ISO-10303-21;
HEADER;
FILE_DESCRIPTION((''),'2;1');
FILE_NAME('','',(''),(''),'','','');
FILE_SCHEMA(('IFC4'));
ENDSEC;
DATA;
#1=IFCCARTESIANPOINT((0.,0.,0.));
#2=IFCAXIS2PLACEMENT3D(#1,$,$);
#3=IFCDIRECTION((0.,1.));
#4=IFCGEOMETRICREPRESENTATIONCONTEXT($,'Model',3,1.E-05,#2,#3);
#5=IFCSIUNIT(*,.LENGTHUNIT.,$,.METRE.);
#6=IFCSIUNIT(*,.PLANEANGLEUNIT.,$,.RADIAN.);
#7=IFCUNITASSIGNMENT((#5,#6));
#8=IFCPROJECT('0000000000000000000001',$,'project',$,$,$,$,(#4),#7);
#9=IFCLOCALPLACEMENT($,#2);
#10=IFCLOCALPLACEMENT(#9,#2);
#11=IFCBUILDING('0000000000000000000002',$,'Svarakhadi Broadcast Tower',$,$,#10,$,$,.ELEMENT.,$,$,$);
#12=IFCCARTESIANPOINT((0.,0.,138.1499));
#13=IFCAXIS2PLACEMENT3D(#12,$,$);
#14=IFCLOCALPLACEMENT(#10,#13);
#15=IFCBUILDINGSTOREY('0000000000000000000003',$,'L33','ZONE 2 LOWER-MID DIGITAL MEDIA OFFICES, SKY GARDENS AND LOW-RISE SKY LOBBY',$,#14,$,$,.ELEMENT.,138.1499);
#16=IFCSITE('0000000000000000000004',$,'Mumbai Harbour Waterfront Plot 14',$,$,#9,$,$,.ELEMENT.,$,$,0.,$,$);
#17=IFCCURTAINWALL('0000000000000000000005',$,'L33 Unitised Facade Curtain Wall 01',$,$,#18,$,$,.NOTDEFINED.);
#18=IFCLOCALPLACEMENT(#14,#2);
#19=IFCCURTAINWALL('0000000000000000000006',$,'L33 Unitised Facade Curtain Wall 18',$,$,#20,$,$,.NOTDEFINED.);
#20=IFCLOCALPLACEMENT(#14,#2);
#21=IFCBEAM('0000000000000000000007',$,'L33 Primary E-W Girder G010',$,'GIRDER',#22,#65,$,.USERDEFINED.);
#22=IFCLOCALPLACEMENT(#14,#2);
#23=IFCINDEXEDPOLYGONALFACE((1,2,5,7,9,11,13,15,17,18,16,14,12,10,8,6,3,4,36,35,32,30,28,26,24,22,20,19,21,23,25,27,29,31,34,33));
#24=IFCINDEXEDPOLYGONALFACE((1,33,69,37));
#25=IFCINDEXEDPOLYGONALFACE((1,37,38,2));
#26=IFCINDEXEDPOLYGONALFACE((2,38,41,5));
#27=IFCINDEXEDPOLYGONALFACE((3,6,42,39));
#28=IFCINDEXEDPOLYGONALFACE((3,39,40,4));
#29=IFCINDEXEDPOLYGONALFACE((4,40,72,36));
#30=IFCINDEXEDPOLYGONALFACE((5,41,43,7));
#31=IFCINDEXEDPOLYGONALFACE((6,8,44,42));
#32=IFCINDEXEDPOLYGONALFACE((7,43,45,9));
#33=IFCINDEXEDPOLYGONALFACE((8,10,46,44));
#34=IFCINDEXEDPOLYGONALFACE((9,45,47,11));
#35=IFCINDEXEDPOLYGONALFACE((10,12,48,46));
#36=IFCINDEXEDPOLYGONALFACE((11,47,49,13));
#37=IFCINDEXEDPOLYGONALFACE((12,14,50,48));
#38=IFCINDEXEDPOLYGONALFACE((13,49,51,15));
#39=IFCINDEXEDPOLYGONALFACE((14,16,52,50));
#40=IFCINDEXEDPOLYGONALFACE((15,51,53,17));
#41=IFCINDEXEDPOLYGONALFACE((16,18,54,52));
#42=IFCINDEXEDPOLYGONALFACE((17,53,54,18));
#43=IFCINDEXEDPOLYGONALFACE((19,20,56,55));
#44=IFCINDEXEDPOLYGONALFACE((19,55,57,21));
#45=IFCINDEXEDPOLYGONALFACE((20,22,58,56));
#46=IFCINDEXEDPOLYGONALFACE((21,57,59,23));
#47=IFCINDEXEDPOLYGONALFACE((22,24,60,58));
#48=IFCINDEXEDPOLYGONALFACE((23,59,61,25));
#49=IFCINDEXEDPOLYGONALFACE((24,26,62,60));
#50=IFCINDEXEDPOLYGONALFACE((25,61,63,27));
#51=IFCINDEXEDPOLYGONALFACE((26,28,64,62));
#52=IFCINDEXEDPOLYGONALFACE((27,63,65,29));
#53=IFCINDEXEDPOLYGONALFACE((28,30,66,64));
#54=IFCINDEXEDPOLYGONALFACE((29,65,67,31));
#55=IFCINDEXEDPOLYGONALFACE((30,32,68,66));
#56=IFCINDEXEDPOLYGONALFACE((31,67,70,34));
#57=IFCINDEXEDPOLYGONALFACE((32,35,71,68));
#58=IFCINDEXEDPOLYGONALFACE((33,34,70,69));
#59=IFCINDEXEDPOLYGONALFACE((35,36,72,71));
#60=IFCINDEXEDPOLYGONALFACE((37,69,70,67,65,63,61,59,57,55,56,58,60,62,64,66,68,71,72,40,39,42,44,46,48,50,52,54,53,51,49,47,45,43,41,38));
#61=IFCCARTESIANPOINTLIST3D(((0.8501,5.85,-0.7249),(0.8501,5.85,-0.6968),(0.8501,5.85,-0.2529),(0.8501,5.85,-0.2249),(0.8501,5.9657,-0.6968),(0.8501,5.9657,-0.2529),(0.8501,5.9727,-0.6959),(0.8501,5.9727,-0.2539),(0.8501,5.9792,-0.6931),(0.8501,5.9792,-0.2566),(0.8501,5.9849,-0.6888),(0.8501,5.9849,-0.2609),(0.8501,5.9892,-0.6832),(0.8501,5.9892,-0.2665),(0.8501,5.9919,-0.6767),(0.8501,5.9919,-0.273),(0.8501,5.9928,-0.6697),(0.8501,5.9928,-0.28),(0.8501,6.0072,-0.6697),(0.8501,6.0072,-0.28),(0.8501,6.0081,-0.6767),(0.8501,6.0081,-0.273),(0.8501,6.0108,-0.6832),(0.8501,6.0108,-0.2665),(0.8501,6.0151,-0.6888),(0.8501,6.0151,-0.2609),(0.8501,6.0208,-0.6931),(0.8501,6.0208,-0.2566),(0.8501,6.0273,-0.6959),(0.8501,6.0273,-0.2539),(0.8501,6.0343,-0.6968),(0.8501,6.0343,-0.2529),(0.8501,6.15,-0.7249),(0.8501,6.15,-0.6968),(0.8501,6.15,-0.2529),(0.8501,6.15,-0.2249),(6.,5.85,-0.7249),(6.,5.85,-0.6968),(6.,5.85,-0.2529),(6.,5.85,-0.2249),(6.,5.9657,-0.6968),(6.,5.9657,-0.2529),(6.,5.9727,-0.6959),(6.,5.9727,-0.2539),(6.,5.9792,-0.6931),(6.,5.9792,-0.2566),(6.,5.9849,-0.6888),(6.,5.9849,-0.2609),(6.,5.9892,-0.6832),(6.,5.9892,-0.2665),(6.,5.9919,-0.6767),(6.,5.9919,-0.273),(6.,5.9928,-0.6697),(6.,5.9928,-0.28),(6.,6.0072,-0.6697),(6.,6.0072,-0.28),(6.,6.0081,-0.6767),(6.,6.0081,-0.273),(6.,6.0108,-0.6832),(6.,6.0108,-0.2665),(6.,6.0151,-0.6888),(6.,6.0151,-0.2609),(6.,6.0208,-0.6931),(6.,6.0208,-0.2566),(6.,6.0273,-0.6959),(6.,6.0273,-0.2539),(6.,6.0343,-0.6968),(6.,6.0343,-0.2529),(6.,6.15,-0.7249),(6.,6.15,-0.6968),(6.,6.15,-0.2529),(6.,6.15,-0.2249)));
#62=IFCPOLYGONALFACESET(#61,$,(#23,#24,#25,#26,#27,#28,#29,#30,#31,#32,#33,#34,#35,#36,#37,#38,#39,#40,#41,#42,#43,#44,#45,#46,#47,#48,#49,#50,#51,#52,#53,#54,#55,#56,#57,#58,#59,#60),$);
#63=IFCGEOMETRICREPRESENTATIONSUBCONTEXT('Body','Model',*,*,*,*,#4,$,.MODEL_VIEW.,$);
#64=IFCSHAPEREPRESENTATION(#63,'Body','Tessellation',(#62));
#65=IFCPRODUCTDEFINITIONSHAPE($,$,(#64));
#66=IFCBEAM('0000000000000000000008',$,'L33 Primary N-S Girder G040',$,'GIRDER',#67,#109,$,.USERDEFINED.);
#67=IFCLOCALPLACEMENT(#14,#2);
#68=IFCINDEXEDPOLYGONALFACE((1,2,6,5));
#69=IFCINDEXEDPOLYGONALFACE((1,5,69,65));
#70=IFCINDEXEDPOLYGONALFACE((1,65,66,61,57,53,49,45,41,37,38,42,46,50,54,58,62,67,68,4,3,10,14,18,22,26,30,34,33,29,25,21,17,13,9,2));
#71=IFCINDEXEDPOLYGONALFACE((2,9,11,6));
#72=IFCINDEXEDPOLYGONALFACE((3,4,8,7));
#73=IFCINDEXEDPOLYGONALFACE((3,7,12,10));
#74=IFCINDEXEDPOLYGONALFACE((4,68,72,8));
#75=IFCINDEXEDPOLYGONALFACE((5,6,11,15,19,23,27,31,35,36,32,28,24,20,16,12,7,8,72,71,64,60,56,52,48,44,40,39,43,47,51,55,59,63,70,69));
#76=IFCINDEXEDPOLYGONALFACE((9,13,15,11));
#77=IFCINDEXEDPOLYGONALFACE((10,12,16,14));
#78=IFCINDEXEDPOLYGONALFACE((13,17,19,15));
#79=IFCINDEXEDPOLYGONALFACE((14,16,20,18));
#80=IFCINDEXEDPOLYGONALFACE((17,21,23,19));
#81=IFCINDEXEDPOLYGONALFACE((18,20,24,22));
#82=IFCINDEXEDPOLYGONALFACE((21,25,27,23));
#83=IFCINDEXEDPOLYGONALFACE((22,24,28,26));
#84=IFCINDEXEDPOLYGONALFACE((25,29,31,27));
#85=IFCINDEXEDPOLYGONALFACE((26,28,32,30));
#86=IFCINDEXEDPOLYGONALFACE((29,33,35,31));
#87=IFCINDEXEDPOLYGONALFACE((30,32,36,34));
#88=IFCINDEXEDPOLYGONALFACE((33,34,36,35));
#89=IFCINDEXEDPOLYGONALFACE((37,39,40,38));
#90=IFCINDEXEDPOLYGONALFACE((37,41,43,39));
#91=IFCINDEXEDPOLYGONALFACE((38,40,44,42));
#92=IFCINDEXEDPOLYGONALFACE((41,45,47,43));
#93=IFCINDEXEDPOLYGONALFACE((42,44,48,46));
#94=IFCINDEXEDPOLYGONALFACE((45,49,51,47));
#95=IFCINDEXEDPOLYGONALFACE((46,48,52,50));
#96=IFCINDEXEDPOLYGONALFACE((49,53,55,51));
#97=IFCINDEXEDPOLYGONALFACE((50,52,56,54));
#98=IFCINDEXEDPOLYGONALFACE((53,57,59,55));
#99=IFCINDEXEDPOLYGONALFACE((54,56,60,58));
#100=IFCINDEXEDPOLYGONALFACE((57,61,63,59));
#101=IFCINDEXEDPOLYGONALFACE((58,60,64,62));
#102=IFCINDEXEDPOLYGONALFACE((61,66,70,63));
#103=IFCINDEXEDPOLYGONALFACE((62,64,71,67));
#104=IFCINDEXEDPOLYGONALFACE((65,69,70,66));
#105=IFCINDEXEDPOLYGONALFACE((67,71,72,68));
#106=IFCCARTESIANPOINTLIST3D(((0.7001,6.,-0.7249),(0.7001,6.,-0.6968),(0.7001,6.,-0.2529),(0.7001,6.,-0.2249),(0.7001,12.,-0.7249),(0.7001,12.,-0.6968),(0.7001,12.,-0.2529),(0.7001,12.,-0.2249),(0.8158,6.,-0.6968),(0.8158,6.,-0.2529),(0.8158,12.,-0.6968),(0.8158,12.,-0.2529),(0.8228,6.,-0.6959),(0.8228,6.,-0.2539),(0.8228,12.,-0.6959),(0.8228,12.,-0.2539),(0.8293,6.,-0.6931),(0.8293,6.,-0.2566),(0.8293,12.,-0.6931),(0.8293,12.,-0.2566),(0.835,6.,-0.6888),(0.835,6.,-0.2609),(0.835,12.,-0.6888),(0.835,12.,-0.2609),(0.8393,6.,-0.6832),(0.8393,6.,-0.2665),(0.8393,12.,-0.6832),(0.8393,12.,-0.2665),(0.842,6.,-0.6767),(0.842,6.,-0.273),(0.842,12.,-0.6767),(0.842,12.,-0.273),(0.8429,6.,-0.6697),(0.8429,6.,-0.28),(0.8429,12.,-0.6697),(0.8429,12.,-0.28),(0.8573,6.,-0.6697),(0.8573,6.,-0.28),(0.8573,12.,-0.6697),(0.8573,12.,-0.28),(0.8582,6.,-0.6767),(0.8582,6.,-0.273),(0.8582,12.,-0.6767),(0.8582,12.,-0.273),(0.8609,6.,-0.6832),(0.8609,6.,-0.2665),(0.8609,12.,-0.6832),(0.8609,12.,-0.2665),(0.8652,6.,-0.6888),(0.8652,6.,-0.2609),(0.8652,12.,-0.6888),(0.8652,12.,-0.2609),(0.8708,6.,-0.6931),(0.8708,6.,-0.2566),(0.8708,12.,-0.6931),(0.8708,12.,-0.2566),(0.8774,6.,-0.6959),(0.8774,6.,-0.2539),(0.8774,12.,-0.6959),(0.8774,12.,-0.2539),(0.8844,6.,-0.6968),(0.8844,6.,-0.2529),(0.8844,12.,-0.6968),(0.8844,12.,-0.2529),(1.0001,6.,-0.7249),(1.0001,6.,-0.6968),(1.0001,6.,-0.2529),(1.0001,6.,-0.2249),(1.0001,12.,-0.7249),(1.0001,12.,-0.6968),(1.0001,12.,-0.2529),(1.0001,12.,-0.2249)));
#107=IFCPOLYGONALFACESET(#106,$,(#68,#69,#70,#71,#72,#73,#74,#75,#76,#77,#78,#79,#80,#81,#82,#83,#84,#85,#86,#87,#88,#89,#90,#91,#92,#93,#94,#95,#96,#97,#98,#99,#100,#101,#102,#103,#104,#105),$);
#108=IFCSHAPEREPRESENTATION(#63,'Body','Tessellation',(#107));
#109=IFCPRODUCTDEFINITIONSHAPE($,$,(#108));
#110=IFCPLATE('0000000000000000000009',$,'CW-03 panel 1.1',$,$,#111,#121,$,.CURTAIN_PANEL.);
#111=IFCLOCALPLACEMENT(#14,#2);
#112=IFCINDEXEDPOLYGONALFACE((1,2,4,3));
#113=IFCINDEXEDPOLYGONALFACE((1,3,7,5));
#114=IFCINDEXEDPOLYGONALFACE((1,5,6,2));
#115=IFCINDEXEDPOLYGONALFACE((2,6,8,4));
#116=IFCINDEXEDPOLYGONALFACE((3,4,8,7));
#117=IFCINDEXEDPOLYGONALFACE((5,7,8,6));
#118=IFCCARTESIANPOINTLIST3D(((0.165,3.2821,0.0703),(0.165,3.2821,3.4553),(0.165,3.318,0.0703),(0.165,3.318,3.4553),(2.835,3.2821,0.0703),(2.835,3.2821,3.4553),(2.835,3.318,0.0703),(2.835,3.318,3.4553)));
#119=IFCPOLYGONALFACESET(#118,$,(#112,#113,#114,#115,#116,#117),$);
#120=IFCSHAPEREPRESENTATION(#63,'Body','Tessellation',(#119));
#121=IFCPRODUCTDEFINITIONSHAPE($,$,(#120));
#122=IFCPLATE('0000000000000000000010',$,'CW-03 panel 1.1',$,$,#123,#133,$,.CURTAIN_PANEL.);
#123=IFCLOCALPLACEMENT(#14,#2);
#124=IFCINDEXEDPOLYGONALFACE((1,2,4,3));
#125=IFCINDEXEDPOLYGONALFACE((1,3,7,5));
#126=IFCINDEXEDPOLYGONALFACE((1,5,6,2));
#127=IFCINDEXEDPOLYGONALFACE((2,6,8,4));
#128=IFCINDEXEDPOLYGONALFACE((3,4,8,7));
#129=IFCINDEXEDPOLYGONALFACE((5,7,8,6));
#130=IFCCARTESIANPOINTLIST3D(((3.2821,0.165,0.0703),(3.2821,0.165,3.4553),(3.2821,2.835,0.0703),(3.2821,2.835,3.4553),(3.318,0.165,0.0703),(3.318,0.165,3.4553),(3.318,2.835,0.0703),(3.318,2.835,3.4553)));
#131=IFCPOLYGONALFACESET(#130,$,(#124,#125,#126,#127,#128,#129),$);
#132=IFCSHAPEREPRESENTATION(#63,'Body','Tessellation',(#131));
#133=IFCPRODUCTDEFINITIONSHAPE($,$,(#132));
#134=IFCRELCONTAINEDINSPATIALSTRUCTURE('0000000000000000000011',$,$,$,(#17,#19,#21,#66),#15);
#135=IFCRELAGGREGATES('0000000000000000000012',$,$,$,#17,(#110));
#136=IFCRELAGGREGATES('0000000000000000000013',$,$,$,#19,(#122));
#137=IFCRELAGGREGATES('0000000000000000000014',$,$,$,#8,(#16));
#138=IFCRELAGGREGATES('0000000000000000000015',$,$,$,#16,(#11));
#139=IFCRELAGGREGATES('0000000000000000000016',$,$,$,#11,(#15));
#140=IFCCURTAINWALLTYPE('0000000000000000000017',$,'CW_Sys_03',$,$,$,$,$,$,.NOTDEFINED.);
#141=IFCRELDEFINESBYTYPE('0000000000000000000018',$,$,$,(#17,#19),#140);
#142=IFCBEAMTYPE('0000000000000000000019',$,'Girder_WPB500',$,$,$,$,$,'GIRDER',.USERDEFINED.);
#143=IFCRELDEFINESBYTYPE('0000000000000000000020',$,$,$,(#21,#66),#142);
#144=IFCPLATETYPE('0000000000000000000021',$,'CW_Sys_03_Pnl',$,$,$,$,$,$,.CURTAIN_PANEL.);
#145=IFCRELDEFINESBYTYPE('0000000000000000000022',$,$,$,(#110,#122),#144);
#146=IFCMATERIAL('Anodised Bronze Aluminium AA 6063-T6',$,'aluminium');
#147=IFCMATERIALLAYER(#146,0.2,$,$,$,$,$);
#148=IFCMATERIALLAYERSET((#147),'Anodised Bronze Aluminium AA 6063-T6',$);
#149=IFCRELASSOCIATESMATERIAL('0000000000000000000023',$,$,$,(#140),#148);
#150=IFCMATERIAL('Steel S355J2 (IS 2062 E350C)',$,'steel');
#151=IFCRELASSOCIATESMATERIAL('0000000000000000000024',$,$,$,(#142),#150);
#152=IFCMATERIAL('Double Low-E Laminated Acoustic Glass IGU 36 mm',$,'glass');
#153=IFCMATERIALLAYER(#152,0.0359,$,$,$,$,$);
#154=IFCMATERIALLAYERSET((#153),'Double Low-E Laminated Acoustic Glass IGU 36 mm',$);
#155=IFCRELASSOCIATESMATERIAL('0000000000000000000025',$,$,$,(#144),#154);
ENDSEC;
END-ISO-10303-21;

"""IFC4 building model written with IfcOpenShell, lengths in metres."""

from ifc_helpers import new_model, si_unit, direction, frame, origin, origin_2d, place, context, subcontext, project, spatial, rectangle, i_section, extrude, material, layer, layer_set, material_profile, profile_set, type_object, element, aggregate, save


model = new_model("IFC4")

# Units and contexts
model_context = context("Model", 3, precision=1e-05, world=origin(), true_north=direction((0.0, 1.0)))
body_context = subcontext(model_context, "Body", "Model", "MODEL_VIEW")
ifc_project = project(units=[si_unit("LENGTHUNIT", "METRE"), si_unit("PLANEANGLEUNIT", "RADIAN")], contexts=[model_context])

# Site, building, storey
site_placement = place(None, origin())
site = spatial("IfcSite", under=ifc_project, at=site_placement, Name="Mumbai Harbour Waterfront Plot 14", CompositionType="ELEMENT", RefElevation=0.0)
building_placement = place(site_placement, origin())
building = spatial("IfcBuilding", under=site, at=building_placement, Name="Svarakhadi Broadcast Tower", CompositionType="ELEMENT")
storey_placement = place(building_placement, frame((0.0, 0.0, 138.1499)))
storey = spatial("IfcBuildingStorey", under=building, at=storey_placement, Name="L33", Description="ZONE 2 LOWER-MID DIGITAL MEDIA OFFICES, SKY GARDENS AND LOW-RISE SKY LOBBY", CompositionType="ELEMENT", Elevation=138.1499)

# Curtain wall
ifc_material_1 = material(Name="Anodised Bronze Aluminium AA 6063-T6", Category="aluminium")
ifc_layer_1 = layer(ifc_material_1, 0.2)
ifc_layer_set_1 = layer_set([ifc_layer_1], Name="Anodised Bronze Aluminium AA 6063-T6")
curtain_wall_type = type_object("IfcCurtainWallType", Name="CW_Sys_03", PredefinedType="NOTDEFINED", material=ifc_layer_set_1)
curtain_wall_1_placement = place(storey_placement, origin())
curtain_wall_1 = element("IfcCurtainWall", 1, at=curtain_wall_1_placement, inside=storey, type_object=curtain_wall_type, Name="L33 Unitised Facade Curtain Wall 01", PredefinedType="NOTDEFINED")

# Curtain wall
curtain_wall_2_placement = place(storey_placement, origin())
curtain_wall_2 = element("IfcCurtainWall", 2, at=curtain_wall_2_placement, inside=storey, type_object=curtain_wall_type, Name="L33 Unitised Facade Curtain Wall 18", PredefinedType="NOTDEFINED")

# Beams
ifc_material_2 = material(Name="Steel S355J2 (IS 2062 E350C)", Category="steel")
ifc_material_profile_1 = material_profile(ifc_material_2, i_section(OverallWidth=0.3, OverallDepth=0.5, WebThickness=0.0144, FlangeThickness=0.0281, FilletRadius=0.0271, at=origin_2d()), Name="WPB 500x300x187")
ifc_profile_set_1 = profile_set([ifc_material_profile_1], Name="Steel S355J2 (IS 2062 E350C)")
beam_type = type_object("IfcBeamType", Name="Girder_WPB500", ElementType="GIRDER", PredefinedType="USERDEFINED", material=ifc_profile_set_1)
beam_1_placement = place(storey_placement, frame((0.8501, 6.0, -0.4749), z_axis=(1.0, 0.0, 0.0), x_axis=(0.0, 1.0, 0.0)))
element("IfcBeam", 3, at=beam_1_placement, inside=storey, type_object=beam_type, Name="L33 Primary E-W Girder G010", ObjectType="GIRDER", PredefinedType="USERDEFINED", context=body_context, shape_type="SweptSolid", body=[
    extrude(i_section(OverallWidth=0.3, OverallDepth=0.5, WebThickness=0.0144, FlangeThickness=0.0281, FilletRadius=0.0271, at=origin_2d()), origin(), (0.0, 0.0, 1.0), 5.1499),
])
beam_2_placement = place(storey_placement, frame((0.8501, 6.0, -0.4749), z_axis=(0.0, 1.0, 0.0), x_axis=(-1.0, 0.0, 0.0)))
element("IfcBeam", 4, at=beam_2_placement, inside=storey, type_object=beam_type, Name="L33 Primary N-S Girder G040", ObjectType="GIRDER", PredefinedType="USERDEFINED", context=body_context, shape_type="SweptSolid", body=[
    extrude(i_section(OverallWidth=0.3, OverallDepth=0.5, WebThickness=0.0144, FlangeThickness=0.0281, FilletRadius=0.0271, at=origin_2d()), origin(), (0.0, 0.0, 1.0), 6.0),
])

# Plates
ifc_material_3 = material(Name="Double Low-E Laminated Acoustic Glass IGU 36 mm", Category="glass")
ifc_layer_2 = layer(ifc_material_3, 0.0359)
ifc_layer_set_2 = layer_set([ifc_layer_2], Name="Double Low-E Laminated Acoustic Glass IGU 36 mm")
plate_type = type_object("IfcPlateType", Name="CW_Sys_03_Pnl", PredefinedType="CURTAIN_PANEL", material=ifc_layer_set_2)
plate_1_placement = place(storey_placement, frame((1.5, 3.3, 0.0703), z_axis=(0.0, 0.0, 1.0), x_axis=(-1.0, 0.0, 0.0)))
plate_1 = element("IfcPlate", 5, at=plate_1_placement, type_object=plate_type, Name="CW-03 panel 1.1", PredefinedType="CURTAIN_PANEL", context=body_context, shape_type="SweptSolid", body=[
    extrude(rectangle(XDim=2.6699, YDim=0.0359, at=origin_2d()), origin(), (0.0, 0.0, 1.0), 3.385),
])
aggregate(curtain_wall_1, [plate_1])
plate_2_placement = place(storey_placement, frame((3.3, 1.5, 0.0703), z_axis=(0.0, 0.0, 1.0), x_axis=(0.0, 1.0, 0.0)))
plate_2 = element("IfcPlate", 6, at=plate_2_placement, type_object=plate_type, Name="CW-03 panel 1.1", PredefinedType="CURTAIN_PANEL", context=body_context, shape_type="SweptSolid", body=[
    extrude(rectangle(XDim=2.6699, YDim=0.0359, at=origin_2d()), origin(), (0.0, 0.0, 1.0), 3.385),
])
aggregate(curtain_wall_2, [plate_2])

save(model, "model.ifc")
